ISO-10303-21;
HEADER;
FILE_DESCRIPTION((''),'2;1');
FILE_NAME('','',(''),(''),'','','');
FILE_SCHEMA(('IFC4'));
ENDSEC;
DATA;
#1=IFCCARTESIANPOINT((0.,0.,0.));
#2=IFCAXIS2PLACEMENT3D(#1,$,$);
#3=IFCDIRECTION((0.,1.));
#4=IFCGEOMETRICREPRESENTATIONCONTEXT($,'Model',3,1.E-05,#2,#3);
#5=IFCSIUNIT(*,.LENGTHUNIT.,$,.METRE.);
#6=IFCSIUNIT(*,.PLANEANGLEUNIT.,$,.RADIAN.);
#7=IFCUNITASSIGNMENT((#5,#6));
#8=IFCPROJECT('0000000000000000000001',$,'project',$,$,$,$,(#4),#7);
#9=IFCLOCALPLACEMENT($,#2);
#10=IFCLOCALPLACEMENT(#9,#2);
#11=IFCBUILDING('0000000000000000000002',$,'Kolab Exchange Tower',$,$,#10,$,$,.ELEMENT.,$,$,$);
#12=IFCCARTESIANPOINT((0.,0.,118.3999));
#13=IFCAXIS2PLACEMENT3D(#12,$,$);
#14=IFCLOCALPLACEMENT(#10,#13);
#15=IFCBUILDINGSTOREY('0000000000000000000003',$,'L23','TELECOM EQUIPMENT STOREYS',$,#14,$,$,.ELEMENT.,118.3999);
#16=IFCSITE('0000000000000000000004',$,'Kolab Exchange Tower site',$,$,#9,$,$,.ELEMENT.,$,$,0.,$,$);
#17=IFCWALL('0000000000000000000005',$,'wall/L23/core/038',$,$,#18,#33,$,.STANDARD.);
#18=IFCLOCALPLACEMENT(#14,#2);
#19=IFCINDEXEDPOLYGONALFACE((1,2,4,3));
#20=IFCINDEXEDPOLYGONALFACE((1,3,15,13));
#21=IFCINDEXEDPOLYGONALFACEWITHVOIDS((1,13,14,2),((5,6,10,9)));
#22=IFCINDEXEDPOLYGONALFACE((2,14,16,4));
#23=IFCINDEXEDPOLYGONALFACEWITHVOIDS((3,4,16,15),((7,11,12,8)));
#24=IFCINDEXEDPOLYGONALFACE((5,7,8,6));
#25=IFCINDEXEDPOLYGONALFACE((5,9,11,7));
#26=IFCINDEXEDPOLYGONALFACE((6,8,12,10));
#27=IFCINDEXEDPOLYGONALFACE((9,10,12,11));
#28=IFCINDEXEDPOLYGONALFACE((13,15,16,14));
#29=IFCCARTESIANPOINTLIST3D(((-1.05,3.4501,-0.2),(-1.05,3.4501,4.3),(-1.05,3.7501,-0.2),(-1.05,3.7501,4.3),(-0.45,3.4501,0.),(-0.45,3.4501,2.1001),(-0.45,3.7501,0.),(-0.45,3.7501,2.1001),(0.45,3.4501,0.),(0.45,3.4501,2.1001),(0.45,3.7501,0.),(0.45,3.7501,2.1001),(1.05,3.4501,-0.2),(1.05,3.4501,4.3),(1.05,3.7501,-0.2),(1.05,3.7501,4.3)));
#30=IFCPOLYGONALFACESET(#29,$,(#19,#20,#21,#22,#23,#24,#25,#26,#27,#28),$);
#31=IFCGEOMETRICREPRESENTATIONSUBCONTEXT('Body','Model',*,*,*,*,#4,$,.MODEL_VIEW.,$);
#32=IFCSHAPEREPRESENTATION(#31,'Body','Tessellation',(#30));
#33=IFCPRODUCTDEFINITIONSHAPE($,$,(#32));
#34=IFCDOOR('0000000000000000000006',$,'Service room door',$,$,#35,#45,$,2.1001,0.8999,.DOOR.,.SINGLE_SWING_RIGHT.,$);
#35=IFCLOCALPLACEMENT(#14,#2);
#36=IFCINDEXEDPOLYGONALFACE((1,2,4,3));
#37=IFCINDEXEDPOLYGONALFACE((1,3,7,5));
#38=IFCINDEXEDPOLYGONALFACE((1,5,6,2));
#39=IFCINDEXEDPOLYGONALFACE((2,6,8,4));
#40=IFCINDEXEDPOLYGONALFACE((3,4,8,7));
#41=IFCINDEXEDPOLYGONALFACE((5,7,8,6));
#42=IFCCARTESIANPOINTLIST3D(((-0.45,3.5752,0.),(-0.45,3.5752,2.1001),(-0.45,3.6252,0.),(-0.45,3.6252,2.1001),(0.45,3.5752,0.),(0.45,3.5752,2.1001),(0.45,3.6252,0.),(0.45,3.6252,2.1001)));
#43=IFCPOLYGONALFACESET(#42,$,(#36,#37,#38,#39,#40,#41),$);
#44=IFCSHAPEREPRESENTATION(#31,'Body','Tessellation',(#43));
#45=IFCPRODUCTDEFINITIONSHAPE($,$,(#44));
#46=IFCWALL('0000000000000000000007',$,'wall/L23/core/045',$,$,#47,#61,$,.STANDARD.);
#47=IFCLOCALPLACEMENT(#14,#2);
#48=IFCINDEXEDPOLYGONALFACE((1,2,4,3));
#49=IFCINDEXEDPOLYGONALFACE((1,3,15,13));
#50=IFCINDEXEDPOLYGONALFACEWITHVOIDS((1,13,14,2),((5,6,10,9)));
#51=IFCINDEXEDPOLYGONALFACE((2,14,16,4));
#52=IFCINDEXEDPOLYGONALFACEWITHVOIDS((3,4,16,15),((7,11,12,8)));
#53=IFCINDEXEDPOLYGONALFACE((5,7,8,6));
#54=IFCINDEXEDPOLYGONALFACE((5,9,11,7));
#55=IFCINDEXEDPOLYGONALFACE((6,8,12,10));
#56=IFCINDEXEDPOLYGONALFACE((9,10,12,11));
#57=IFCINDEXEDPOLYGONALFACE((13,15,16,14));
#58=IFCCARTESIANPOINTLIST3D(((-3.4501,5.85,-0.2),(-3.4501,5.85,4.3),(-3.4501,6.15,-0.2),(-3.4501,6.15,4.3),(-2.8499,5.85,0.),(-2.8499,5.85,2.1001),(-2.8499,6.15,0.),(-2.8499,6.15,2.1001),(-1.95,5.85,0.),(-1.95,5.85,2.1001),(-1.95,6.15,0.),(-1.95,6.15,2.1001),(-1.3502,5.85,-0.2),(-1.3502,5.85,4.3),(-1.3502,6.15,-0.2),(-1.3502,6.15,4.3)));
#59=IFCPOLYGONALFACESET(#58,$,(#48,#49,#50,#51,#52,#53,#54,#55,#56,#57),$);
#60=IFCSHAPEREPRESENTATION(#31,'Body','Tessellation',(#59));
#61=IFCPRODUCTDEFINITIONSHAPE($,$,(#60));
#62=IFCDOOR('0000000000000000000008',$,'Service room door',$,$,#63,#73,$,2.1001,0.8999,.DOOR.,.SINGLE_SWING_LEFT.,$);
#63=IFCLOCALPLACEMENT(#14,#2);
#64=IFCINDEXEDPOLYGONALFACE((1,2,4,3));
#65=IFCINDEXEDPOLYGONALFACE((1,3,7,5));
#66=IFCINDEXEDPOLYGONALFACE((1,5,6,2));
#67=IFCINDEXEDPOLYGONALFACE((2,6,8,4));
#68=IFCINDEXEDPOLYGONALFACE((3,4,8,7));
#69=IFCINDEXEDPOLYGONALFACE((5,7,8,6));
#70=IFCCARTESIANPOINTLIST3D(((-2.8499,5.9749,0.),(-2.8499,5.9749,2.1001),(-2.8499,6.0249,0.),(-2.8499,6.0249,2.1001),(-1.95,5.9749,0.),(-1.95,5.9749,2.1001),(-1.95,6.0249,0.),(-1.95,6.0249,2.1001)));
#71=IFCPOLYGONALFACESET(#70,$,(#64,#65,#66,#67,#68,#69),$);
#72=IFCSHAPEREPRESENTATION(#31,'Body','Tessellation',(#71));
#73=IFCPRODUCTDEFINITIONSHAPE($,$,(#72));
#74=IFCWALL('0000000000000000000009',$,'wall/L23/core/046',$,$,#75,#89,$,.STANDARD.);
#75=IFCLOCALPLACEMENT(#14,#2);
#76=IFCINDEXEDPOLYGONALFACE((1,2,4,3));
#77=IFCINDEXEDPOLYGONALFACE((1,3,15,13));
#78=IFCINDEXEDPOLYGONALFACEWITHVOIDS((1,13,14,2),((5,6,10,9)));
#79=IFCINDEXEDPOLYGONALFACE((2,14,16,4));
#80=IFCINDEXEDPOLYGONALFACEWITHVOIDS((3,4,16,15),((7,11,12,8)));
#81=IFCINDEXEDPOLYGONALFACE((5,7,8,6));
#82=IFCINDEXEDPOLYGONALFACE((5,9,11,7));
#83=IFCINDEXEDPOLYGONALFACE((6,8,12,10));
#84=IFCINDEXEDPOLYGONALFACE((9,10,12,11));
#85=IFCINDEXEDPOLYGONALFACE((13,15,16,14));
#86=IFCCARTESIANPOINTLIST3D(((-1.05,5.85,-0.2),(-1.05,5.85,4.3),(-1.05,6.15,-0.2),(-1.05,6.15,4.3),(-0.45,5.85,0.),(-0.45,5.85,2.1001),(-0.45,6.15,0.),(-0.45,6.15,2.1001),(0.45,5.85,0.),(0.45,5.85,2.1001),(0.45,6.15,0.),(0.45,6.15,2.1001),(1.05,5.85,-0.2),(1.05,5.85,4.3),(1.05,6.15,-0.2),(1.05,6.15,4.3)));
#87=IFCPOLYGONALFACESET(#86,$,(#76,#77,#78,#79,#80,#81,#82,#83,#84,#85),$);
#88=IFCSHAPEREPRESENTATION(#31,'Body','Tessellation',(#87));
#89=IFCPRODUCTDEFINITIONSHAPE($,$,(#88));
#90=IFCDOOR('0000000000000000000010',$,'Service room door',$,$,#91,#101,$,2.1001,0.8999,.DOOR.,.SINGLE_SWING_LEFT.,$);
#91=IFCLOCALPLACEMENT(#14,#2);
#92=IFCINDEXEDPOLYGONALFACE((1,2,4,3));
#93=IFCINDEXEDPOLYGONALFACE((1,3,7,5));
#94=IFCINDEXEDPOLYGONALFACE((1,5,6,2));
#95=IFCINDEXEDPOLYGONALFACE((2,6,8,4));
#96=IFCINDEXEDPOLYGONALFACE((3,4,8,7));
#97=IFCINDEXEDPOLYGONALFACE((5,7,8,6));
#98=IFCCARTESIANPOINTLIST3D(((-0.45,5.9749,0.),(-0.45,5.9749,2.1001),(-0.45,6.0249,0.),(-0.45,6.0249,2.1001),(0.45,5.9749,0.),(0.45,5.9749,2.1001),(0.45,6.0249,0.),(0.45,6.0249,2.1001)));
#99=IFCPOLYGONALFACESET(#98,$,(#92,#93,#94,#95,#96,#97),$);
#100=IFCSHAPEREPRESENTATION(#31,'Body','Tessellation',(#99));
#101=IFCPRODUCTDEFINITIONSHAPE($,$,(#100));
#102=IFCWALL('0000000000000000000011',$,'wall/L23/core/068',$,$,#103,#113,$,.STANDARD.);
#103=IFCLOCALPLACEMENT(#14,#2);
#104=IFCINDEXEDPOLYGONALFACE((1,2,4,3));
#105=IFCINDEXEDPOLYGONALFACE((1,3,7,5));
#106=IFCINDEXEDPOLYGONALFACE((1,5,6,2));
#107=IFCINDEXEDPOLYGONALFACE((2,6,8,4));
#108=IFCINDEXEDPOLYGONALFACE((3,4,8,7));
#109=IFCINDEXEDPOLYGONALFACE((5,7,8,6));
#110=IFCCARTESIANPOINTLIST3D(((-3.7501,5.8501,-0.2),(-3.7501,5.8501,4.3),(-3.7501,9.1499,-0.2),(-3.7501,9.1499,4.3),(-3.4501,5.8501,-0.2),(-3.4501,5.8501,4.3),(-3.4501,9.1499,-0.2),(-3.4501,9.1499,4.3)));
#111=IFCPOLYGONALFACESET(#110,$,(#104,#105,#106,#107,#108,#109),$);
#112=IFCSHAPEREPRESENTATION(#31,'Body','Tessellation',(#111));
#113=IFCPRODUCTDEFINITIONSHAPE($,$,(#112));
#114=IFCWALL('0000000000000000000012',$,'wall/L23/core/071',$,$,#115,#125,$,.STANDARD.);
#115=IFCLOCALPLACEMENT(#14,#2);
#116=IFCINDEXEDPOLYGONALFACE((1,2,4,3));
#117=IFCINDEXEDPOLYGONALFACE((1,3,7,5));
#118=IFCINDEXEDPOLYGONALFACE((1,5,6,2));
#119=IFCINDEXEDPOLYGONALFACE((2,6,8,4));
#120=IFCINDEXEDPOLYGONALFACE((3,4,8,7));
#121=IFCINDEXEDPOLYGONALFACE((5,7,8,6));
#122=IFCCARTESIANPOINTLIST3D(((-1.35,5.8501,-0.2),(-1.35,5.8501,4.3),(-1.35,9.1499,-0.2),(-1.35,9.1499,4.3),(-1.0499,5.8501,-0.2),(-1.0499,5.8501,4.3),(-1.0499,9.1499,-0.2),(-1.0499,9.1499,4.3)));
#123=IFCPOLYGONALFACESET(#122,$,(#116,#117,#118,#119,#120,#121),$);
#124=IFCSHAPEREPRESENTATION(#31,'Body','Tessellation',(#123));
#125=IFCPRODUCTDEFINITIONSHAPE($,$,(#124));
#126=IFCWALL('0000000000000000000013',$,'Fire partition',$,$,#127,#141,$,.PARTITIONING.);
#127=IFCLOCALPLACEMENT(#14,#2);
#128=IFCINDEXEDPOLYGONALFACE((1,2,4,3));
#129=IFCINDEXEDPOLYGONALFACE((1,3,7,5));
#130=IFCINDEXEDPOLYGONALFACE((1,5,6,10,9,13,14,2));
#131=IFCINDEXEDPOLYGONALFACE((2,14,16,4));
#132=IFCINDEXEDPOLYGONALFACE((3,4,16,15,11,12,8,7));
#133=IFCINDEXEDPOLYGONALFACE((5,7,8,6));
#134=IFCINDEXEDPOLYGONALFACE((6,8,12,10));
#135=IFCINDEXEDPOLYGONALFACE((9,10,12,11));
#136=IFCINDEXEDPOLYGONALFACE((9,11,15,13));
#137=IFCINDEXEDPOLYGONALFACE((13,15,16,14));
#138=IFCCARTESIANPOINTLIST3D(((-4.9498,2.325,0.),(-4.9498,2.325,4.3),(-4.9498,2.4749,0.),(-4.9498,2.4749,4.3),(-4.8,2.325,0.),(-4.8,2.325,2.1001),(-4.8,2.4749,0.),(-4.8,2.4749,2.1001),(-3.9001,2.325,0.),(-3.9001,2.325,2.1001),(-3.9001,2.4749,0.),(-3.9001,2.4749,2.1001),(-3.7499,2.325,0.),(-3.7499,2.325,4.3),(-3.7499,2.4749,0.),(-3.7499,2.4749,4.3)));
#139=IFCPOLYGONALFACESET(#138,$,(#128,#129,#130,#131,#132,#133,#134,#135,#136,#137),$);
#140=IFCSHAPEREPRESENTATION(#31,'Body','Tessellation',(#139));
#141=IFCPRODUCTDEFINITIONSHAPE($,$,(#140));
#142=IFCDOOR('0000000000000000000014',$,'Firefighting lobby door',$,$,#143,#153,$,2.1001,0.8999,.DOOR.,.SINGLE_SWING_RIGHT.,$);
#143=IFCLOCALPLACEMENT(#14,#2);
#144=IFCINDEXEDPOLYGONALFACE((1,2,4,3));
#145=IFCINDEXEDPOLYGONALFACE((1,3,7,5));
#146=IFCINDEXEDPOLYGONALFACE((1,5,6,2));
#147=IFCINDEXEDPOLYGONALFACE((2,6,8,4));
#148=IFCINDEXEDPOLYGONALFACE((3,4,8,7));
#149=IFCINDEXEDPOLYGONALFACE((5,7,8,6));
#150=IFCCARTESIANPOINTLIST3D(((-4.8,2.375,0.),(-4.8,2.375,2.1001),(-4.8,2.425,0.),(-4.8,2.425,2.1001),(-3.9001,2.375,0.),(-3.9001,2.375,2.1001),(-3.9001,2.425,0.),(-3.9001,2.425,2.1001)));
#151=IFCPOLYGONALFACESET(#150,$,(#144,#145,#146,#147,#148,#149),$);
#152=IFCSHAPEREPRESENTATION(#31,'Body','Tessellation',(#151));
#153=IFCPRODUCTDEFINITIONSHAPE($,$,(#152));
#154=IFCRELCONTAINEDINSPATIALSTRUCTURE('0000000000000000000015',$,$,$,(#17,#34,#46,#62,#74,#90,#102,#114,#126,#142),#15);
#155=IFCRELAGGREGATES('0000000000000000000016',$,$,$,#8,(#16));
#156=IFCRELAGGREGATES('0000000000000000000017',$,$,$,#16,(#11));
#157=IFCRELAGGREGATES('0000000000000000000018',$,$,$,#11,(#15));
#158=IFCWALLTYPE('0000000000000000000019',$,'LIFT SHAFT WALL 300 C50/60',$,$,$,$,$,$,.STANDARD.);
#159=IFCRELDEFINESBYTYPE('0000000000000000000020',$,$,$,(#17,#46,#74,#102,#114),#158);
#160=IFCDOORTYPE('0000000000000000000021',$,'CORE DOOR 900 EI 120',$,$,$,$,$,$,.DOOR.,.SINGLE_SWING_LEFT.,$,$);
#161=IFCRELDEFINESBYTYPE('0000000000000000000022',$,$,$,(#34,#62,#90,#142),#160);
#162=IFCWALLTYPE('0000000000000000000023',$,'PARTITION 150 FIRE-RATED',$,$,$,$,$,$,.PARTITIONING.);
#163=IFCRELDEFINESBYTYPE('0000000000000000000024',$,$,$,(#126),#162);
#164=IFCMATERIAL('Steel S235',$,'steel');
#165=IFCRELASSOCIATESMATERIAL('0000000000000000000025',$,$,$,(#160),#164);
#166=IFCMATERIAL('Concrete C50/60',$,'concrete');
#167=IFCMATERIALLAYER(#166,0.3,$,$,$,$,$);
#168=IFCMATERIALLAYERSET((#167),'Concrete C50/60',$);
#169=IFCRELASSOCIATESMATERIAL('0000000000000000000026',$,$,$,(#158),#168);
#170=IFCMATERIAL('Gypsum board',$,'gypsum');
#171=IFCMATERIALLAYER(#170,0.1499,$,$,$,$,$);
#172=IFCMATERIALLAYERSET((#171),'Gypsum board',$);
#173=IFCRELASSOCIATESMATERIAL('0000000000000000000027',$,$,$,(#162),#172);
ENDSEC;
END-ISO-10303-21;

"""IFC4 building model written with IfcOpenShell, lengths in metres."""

from ifc_helpers import new_model, si_unit, direction, frame, frame_2d, origin, place, context, subcontext, project, spatial, rectangle, extrude, material, layer, layer_set, type_object, element, fill, save


model = new_model("IFC4")

# Units and contexts
model_context = context("Model", 3, precision=1e-05, world=origin(), true_north=direction((0.0, 1.0)))
body_context = subcontext(model_context, "Body", "Model", "MODEL_VIEW")
ifc_project = project(units=[si_unit("LENGTHUNIT", "METRE"), si_unit("PLANEANGLEUNIT", "RADIAN")], contexts=[model_context])

# Site, building, storey
site_placement = place(None, origin())
site = spatial("IfcSite", under=ifc_project, at=site_placement, Name="Kolab Exchange Tower site", CompositionType="ELEMENT", RefElevation=0.0)
building_placement = place(site_placement, origin())
building = spatial("IfcBuilding", under=site, at=building_placement, Name="Kolab Exchange Tower", CompositionType="ELEMENT")
storey_placement = place(building_placement, frame((0.0, 0.0, 118.3999)))
storey = spatial("IfcBuildingStorey", under=building, at=storey_placement, Name="L23", Description="TELECOM EQUIPMENT STOREYS", CompositionType="ELEMENT", Elevation=118.3999)

# Shared definitions
ifc_material_1 = material(Name="Steel S235", Category="steel")
door_type_1 = type_object("IfcDoorType", Name="CORE DOOR 900 EI 120", OperationType="SINGLE_SWING_LEFT", PredefinedType="DOOR", material=ifc_material_1)

# Shared definitions
ifc_material_2 = material(Name="Concrete C50/60", Category="concrete")
ifc_layer_1 = layer(ifc_material_2, 0.3)
ifc_layer_set_1 = layer_set([ifc_layer_1], Name="Concrete C50/60")
wall_type_1 = type_object("IfcWallType", Name="LIFT SHAFT WALL 300 C50/60", PredefinedType="STANDARD", material=ifc_layer_set_1)

# Walls, openings, doors
wall_1_placement = place(storey_placement, frame((-1.05, 3.6001, -0.2), z_axis=(0.0, 0.0, 1.0), x_axis=(1.0, 0.0, 0.0)))
wall_1 = element("IfcWall", 1, at=wall_1_placement, inside=storey, type_object=wall_type_1, Name="wall/L23/core/038", PredefinedType="STANDARD", context=body_context, shape_type="SweptSolid", body=[
    extrude(rectangle(XDim=2.1001, YDim=0.3, at=frame_2d((1.05, 0.0))), origin(), (0.0, 0.0, 1.0), 4.5),
])
opening_1_placement = place(wall_1_placement, frame((0.6001, 0.0, 0.2)))
opening_1 = element("IfcOpeningElement", 2, at=opening_1_placement, cuts=wall_1, PredefinedType="OPENING", context=body_context, shape_type="SweptSolid", body=[
    extrude(rectangle(XDim=0.8999, YDim=2.1001, at=frame_2d((0.45, 1.05))), frame((0.0, 0.1602, 0.0), z_axis=(0.0, -1.0, 0.0), x_axis=(1.0, 0.0, 0.0)), (0.0, 0.0, 1.0), 0.3201),
])
door_1_placement = place(opening_1_placement, frame((0.8999, 0.0, 0.0), z_axis=(0.0, 0.0, 1.0), x_axis=(-1.0, 0.0, 0.0)))
door_1 = element("IfcDoor", 3, at=door_1_placement, inside=storey, type_object=door_type_1, Name="Service room door", OperationType="SINGLE_SWING_RIGHT", OverallHeight=2.1001, OverallWidth=0.8999, PredefinedType="DOOR", context=body_context, shape_type="SweptSolid", body=[
    extrude(rectangle(XDim=0.8999, YDim=2.1001, at=frame_2d((0.45, 1.05))), frame((0.0, 0.0249, 0.0), z_axis=(0.0, -1.0, 0.0), x_axis=(1.0, 0.0, 0.0)), (0.0, 0.0, 1.0), 0.05),
])
fill(opening_1, door_1)
wall_2_placement = place(storey_placement, frame((-3.45, 6.0, -0.2), z_axis=(0.0, 0.0, 1.0), x_axis=(1.0, 0.0, 0.0)))
wall_2 = element("IfcWall", 4, at=wall_2_placement, inside=storey, type_object=wall_type_1, Name="wall/L23/core/045", PredefinedType="STANDARD", context=body_context, shape_type="SweptSolid", body=[
    extrude(rectangle(XDim=2.0999, YDim=0.3, at=frame_2d((1.0498, 0.0))), origin(), (0.0, 0.0, 1.0), 4.5),
])
opening_2_placement = place(wall_2_placement, frame((0.6001, 0.0, 0.2)))
opening_2 = element("IfcOpeningElement", 5, at=opening_2_placement, cuts=wall_2, PredefinedType="OPENING", context=body_context, shape_type="SweptSolid", body=[
    extrude(rectangle(XDim=0.8999, YDim=2.1001, at=frame_2d((0.45, 1.05))), frame((0.0, 0.1602, 0.0), z_axis=(0.0, -1.0, 0.0), x_axis=(1.0, 0.0, 0.0)), (0.0, 0.0, 1.0), 0.3201),
])
door_2_placement = place(opening_2_placement, origin())
door_2 = element("IfcDoor", 6, at=door_2_placement, inside=storey, type_object=door_type_1, Name="Service room door", OperationType="SINGLE_SWING_LEFT", OverallHeight=2.1001, OverallWidth=0.8999, PredefinedType="DOOR", context=body_context, shape_type="SweptSolid", body=[
    extrude(rectangle(XDim=0.8999, YDim=2.1001, at=frame_2d((0.45, 1.05))), frame((0.0, 0.0249, 0.0), z_axis=(0.0, -1.0, 0.0), x_axis=(1.0, 0.0, 0.0)), (0.0, 0.0, 1.0), 0.05),
])
fill(opening_2, door_2)
wall_3_placement = place(storey_placement, frame((-1.05, 6.0, -0.2), z_axis=(0.0, 0.0, 1.0), x_axis=(1.0, 0.0, 0.0)))
wall_3 = element("IfcWall", 7, at=wall_3_placement, inside=storey, type_object=wall_type_1, Name="wall/L23/core/046", PredefinedType="STANDARD", context=body_context, shape_type="SweptSolid", body=[
    extrude(rectangle(XDim=2.1001, YDim=0.3, at=frame_2d((1.05, 0.0))), origin(), (0.0, 0.0, 1.0), 4.5),
])
opening_3_placement = place(wall_3_placement, frame((0.6001, 0.0, 0.2)))
opening_3 = element("IfcOpeningElement", 8, at=opening_3_placement, cuts=wall_3, PredefinedType="OPENING", context=body_context, shape_type="SweptSolid", body=[
    extrude(rectangle(XDim=0.8999, YDim=2.1001, at=frame_2d((0.45, 1.05))), frame((0.0, 0.1602, 0.0), z_axis=(0.0, -1.0, 0.0), x_axis=(1.0, 0.0, 0.0)), (0.0, 0.0, 1.0), 0.3201),
])
door_3_placement = place(opening_3_placement, origin())
door_3 = element("IfcDoor", 9, at=door_3_placement, inside=storey, type_object=door_type_1, Name="Service room door", OperationType="SINGLE_SWING_LEFT", OverallHeight=2.1001, OverallWidth=0.8999, PredefinedType="DOOR", context=body_context, shape_type="SweptSolid", body=[
    extrude(rectangle(XDim=0.8999, YDim=2.1001, at=frame_2d((0.45, 1.05))), frame((0.0, 0.0249, 0.0), z_axis=(0.0, -1.0, 0.0), x_axis=(1.0, 0.0, 0.0)), (0.0, 0.0, 1.0), 0.05),
])
fill(opening_3, door_3)

# Walls
for number, where, z_axis, x_axis, name in (
    (10, (-3.6001, 5.8501, -0.2), (0.0, 0.0, 1.0), (0.0, 1.0, 0.0), "wall/L23/core/068"),
    (11, (-1.2, 5.8501, -0.2), (0.0, 0.0, 1.0), (0.0, 1.0, 0.0), "wall/L23/core/071"),
):
    element("IfcWall", number, at=place(storey_placement, frame(where, z_axis=z_axis, x_axis=x_axis)), inside=storey, type_object=wall_type_1, Name=name, PredefinedType="STANDARD", context=body_context, shape_type="SweptSolid", body=[
        extrude(rectangle(XDim=3.2998, YDim=0.3, at=frame_2d((1.6499, 0.0))), origin(), (0.0, 0.0, 1.0), 4.5),
    ])

# Wall, opening, door
ifc_material_3 = material(Name="Gypsum board", Category="gypsum")
ifc_layer_2 = layer(ifc_material_3, 0.1499)
ifc_layer_set_2 = layer_set([ifc_layer_2], Name="Gypsum board")
wall_type_2 = type_object("IfcWallType", Name="PARTITION 150 FIRE-RATED", PredefinedType="PARTITIONING", material=ifc_layer_set_2)
wall_4_placement = place(storey_placement, frame((-4.95, 2.3999, 0.0), z_axis=(0.0, 0.0, 1.0), x_axis=(1.0, 0.0, 0.0)))
wall_4 = element("IfcWall", 12, at=wall_4_placement, inside=storey, type_object=wall_type_2, Name="Fire partition", PredefinedType="PARTITIONING", context=body_context, shape_type="SweptSolid", body=[
    extrude(rectangle(XDim=1.2, YDim=0.1499, at=frame_2d((0.6001, 0.0))), origin(), (0.0, 0.0, 1.0), 4.3),
])
opening_4_placement = place(wall_4_placement, frame((0.1499, 0.0, 0.0)))
opening_4 = element("IfcOpeningElement", 13, at=opening_4_placement, cuts=wall_4, PredefinedType="OPENING", context=body_context, shape_type="SweptSolid", body=[
    extrude(rectangle(XDim=0.8999, YDim=2.1001, at=frame_2d((0.45, 1.05))), frame((0.0, 0.085, 0.0), z_axis=(0.0, -1.0, 0.0), x_axis=(1.0, 0.0, 0.0)), (0.0, 0.0, 1.0), 0.1699),
])
door_4_placement = place(opening_4_placement, frame((0.8999, 0.0, 0.0), z_axis=(0.0, 0.0, 1.0), x_axis=(-1.0, 0.0, 0.0)))
door_4 = element("IfcDoor", 14, at=door_4_placement, inside=storey, type_object=door_type_1, Name="Firefighting lobby door", OperationType="SINGLE_SWING_RIGHT", OverallHeight=2.1001, OverallWidth=0.8999, PredefinedType="DOOR", context=body_context, shape_type="SweptSolid", body=[
    extrude(rectangle(XDim=0.8999, YDim=2.1001, at=frame_2d((0.45, 1.05))), frame((0.0, 0.0249, 0.0), z_axis=(0.0, -1.0, 0.0), x_axis=(1.0, 0.0, 0.0)), (0.0, 0.0, 1.0), 0.05),
])
fill(opening_4, door_4)

save(model, "model.ifc")
